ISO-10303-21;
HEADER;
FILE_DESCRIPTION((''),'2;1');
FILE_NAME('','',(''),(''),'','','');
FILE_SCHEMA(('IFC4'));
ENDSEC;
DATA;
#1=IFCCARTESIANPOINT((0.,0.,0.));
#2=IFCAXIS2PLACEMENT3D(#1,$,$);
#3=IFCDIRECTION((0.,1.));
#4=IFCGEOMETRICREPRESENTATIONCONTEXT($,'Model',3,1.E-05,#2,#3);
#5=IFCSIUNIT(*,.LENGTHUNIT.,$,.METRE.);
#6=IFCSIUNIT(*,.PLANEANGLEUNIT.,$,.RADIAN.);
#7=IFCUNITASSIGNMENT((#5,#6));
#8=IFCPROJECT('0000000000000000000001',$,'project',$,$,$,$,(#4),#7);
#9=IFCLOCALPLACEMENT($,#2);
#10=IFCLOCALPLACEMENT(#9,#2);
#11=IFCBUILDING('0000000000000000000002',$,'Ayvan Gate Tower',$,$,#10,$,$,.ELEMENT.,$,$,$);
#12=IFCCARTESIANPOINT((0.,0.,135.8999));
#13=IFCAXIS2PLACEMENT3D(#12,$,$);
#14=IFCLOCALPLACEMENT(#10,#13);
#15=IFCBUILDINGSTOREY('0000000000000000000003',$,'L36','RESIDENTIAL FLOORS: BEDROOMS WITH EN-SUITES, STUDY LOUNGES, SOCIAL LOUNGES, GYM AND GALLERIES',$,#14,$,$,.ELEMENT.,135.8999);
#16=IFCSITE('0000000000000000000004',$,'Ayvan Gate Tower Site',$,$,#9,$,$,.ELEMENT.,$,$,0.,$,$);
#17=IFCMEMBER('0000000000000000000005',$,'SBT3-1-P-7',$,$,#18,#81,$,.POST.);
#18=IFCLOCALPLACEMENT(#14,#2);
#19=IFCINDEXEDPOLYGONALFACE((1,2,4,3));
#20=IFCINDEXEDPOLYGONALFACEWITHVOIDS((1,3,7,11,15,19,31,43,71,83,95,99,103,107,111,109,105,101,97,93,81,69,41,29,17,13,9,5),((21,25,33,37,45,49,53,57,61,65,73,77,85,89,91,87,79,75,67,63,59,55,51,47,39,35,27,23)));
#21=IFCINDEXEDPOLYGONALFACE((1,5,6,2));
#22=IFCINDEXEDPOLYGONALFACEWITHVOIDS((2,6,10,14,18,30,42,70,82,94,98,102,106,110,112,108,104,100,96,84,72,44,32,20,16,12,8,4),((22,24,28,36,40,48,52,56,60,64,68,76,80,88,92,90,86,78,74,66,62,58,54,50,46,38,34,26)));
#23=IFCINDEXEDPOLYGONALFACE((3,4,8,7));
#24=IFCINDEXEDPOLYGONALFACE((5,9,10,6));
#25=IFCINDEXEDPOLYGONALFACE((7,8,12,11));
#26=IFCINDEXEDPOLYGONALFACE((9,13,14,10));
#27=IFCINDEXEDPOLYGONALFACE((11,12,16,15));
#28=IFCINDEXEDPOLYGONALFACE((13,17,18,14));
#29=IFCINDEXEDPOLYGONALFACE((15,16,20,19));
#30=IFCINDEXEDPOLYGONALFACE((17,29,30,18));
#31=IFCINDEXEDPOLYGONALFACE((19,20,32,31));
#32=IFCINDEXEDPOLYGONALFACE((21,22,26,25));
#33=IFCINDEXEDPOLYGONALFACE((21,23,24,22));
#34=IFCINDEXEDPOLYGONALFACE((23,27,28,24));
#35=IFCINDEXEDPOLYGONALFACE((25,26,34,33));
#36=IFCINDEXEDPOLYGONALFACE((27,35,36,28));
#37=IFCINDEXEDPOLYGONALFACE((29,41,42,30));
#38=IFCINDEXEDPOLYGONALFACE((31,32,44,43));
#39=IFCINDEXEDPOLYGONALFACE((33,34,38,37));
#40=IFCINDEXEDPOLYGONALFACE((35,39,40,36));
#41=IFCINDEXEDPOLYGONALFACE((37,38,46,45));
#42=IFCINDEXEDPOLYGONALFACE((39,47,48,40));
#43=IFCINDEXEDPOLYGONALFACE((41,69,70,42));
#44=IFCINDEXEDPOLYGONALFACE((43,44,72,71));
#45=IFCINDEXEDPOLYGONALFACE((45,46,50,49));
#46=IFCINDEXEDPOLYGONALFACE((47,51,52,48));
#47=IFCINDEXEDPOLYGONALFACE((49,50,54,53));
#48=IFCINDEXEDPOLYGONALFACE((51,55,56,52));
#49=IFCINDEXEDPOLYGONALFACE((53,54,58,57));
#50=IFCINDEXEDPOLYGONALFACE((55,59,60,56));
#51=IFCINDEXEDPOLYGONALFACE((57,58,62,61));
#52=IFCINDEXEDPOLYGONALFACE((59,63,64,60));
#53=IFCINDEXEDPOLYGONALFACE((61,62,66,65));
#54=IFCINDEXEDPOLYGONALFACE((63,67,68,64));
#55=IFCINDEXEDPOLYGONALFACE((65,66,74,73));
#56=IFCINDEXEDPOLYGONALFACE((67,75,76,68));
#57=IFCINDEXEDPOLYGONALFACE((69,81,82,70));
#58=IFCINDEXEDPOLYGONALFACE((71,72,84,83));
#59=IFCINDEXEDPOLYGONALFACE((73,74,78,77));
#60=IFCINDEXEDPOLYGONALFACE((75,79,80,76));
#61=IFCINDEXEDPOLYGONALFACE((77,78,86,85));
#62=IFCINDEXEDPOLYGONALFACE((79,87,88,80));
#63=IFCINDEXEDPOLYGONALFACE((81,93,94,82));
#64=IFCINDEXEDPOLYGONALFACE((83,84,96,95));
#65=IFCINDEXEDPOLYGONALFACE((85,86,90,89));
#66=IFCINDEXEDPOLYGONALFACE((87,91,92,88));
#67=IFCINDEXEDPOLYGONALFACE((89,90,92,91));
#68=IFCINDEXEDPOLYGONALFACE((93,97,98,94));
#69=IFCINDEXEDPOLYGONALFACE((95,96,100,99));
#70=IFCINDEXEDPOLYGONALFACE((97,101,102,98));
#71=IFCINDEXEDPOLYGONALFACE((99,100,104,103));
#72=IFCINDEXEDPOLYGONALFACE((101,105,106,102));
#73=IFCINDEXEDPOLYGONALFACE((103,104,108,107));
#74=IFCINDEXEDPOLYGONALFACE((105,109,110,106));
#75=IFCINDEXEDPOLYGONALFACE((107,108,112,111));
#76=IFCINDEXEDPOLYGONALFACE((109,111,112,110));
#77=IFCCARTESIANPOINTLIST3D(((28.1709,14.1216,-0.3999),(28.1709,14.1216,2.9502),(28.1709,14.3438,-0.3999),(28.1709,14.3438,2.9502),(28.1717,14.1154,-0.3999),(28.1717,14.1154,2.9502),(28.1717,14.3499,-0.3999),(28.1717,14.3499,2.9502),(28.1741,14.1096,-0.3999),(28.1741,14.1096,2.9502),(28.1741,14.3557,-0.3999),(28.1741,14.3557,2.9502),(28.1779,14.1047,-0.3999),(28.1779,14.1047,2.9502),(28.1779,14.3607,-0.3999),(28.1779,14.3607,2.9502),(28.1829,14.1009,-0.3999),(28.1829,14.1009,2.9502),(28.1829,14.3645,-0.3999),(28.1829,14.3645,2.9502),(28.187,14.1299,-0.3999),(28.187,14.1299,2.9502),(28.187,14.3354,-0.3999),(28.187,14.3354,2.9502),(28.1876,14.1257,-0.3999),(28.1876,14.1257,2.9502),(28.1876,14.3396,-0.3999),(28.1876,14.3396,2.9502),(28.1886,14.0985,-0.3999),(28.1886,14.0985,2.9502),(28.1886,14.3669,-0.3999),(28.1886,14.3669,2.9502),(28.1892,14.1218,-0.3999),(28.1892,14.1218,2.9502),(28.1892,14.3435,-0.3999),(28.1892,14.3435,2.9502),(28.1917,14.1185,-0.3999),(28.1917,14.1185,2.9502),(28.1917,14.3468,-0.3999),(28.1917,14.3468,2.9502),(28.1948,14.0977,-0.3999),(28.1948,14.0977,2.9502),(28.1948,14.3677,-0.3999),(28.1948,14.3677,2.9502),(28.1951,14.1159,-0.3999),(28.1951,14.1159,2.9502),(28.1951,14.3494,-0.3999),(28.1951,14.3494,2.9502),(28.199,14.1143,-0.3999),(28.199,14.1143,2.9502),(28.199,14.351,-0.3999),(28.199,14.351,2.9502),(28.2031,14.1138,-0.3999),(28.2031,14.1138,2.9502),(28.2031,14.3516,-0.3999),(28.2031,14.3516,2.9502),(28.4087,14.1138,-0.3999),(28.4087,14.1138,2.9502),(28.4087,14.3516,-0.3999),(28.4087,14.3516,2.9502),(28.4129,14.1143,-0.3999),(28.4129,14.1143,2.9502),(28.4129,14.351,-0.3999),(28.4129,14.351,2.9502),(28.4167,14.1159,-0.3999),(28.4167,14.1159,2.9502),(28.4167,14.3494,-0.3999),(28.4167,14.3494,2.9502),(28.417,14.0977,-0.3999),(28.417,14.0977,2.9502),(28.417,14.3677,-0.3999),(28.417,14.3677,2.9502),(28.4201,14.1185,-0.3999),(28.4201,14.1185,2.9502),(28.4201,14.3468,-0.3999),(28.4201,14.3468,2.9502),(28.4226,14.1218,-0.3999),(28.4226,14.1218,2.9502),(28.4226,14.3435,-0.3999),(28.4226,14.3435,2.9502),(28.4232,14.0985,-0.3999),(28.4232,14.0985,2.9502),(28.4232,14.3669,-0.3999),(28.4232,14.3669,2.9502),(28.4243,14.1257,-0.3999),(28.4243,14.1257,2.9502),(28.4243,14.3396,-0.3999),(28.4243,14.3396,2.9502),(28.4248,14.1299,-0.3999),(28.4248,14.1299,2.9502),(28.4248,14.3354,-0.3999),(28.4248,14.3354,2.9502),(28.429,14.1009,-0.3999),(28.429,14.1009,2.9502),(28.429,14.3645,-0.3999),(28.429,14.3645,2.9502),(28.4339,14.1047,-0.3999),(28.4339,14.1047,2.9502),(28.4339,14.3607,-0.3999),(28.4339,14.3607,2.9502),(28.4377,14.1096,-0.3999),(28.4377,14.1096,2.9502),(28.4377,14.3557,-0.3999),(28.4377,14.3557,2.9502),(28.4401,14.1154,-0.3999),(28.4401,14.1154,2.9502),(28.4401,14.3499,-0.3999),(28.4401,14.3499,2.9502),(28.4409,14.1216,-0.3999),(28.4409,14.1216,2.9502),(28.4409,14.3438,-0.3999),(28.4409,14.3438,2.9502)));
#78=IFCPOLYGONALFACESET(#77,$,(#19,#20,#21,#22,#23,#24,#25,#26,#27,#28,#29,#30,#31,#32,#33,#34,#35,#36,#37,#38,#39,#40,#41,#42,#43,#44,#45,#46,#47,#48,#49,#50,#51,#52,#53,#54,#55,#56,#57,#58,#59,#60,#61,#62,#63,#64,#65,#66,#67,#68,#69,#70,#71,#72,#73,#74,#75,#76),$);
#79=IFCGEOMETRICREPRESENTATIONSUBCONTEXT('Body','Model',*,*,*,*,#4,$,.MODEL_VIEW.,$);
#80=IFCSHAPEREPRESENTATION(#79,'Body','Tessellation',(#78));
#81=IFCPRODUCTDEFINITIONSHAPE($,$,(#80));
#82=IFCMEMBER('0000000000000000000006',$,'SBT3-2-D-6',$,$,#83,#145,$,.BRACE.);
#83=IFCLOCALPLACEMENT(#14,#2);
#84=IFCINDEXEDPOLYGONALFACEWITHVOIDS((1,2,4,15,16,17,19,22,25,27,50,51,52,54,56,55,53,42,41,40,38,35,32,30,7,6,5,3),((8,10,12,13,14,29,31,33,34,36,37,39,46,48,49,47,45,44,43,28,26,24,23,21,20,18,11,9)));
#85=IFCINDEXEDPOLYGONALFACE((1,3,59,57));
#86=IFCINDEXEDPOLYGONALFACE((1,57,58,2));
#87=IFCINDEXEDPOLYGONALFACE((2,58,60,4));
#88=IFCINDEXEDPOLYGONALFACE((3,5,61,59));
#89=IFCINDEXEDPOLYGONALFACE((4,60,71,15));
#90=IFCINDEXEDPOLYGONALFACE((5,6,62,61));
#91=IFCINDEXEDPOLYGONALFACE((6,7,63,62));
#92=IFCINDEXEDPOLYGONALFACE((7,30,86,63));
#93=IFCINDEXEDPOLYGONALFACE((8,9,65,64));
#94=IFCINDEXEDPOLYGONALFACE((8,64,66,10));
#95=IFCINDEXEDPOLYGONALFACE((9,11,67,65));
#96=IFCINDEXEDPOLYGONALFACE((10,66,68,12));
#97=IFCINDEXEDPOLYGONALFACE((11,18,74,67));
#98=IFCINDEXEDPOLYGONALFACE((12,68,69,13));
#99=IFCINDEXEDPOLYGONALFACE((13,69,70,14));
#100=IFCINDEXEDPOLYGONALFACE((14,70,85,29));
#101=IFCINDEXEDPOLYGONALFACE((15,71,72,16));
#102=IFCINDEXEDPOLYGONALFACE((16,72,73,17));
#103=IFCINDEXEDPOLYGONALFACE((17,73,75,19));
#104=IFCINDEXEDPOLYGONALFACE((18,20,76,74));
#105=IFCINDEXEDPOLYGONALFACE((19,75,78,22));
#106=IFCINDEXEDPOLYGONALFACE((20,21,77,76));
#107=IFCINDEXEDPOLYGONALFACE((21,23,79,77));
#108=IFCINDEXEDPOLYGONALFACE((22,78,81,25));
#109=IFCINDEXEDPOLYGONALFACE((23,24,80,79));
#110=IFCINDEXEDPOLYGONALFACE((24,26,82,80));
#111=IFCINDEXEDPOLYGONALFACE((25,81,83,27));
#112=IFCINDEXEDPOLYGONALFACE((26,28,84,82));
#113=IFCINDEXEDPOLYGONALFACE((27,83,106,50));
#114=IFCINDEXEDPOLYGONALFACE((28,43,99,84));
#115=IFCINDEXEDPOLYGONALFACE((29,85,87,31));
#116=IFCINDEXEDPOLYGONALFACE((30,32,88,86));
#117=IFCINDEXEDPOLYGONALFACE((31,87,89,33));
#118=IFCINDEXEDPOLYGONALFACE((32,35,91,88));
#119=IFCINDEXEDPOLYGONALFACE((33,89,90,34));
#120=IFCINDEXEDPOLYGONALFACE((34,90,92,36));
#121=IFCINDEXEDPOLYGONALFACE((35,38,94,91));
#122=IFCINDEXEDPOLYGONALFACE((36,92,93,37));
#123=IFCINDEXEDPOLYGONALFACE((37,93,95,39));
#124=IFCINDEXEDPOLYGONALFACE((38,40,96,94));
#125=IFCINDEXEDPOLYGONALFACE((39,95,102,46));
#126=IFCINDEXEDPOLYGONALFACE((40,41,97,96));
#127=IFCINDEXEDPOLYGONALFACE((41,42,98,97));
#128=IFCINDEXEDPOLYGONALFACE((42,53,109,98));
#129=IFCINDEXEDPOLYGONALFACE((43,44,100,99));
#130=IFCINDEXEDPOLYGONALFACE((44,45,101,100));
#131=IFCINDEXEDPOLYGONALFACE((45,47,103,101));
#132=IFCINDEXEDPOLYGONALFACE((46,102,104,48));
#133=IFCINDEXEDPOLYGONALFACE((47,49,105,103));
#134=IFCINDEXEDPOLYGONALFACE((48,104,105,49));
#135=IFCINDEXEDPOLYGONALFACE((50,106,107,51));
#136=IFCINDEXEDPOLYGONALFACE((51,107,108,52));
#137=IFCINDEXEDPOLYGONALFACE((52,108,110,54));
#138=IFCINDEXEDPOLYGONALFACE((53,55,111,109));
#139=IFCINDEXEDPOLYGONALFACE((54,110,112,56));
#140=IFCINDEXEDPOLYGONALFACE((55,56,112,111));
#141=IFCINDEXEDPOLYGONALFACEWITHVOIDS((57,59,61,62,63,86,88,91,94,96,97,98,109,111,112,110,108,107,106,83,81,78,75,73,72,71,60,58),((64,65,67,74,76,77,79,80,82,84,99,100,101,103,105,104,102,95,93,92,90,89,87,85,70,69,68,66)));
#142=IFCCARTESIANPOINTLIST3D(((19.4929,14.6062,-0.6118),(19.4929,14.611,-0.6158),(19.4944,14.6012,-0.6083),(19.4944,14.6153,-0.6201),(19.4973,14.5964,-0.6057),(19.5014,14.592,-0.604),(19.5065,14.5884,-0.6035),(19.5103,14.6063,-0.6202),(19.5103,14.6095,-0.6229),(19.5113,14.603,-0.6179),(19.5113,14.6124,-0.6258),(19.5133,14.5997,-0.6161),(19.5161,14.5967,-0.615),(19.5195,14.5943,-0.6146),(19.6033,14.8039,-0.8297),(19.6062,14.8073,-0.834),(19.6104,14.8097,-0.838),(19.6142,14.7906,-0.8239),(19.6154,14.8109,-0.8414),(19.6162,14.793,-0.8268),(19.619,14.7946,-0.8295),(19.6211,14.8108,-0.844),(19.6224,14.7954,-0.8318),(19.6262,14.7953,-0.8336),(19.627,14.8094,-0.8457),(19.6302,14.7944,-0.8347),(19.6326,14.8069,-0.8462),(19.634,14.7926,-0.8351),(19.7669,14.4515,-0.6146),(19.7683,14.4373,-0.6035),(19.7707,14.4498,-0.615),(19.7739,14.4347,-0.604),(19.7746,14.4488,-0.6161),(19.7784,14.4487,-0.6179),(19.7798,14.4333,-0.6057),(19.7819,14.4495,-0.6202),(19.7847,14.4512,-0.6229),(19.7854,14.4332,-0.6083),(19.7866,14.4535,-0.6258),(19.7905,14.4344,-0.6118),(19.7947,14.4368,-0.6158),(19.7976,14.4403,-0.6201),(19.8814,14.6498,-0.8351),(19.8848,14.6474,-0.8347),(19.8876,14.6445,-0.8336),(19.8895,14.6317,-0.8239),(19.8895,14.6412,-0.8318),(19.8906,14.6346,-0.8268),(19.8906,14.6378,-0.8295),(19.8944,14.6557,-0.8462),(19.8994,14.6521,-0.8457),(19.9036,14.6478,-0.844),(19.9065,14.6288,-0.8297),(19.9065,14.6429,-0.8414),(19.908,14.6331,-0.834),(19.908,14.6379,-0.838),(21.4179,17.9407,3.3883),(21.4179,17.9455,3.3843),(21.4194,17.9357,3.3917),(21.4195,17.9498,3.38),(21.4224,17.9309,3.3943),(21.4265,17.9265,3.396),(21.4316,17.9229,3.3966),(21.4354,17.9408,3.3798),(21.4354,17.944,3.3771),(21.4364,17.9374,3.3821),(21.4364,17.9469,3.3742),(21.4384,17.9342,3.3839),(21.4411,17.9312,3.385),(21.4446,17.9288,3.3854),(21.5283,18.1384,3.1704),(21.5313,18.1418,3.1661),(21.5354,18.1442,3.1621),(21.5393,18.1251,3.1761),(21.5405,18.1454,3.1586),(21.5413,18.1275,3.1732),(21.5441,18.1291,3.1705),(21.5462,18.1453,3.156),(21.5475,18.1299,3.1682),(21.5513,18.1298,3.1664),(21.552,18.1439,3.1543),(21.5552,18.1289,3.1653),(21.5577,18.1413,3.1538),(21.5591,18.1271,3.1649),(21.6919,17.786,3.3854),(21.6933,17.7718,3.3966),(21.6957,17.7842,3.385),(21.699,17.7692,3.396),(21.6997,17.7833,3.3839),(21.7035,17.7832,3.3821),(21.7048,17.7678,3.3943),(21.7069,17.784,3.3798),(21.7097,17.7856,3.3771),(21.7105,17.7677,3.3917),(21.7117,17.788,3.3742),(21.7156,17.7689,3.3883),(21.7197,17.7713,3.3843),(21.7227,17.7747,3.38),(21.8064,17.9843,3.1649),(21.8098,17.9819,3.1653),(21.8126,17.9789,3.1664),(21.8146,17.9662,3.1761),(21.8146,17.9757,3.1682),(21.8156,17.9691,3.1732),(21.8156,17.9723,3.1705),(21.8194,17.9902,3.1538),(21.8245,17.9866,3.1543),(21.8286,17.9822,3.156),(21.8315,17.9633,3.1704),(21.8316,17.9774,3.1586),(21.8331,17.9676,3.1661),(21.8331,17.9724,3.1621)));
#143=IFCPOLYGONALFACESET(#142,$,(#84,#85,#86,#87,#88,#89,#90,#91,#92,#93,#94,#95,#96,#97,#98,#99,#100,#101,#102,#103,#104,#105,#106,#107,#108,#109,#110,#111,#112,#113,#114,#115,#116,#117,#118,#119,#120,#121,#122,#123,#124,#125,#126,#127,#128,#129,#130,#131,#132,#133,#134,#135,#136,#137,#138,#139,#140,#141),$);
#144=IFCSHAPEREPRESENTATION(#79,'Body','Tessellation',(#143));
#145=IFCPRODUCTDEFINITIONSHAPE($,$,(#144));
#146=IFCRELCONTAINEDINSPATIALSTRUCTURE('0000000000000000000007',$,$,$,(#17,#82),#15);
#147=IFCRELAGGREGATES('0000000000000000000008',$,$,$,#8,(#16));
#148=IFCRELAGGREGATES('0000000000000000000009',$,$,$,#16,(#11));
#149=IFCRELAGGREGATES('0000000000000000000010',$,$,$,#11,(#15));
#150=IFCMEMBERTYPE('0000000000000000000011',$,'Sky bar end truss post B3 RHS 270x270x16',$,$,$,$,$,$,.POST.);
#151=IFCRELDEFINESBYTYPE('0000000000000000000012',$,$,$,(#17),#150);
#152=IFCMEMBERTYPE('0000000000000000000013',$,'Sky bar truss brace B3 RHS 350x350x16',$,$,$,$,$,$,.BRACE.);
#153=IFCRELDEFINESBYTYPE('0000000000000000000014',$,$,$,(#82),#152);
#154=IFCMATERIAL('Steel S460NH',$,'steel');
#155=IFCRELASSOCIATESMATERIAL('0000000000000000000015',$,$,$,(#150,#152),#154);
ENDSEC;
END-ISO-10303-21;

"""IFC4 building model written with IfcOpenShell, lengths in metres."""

from ifc_helpers import new_model, si_unit, direction, frame, origin, origin_2d, place, context, subcontext, project, spatial, hollow_rectangle, extrude, material, material_profile, profile_set, type_object, element, save


model = new_model("IFC4")

# Units and contexts
model_context = context("Model", 3, precision=1e-05, world=origin(), true_north=direction((0.0, 1.0)))
body_context = subcontext(model_context, "Body", "Model", "MODEL_VIEW")
ifc_project = project(units=[si_unit("LENGTHUNIT", "METRE"), si_unit("PLANEANGLEUNIT", "RADIAN")], contexts=[model_context])

# Site, building, storey
site_placement = place(None, origin())
site = spatial("IfcSite", under=ifc_project, at=site_placement, Name="Ayvan Gate Tower Site", CompositionType="ELEMENT", RefElevation=0.0)
building_placement = place(site_placement, origin())
building = spatial("IfcBuilding", under=site, at=building_placement, Name="Ayvan Gate Tower", CompositionType="ELEMENT")
storey_placement = place(building_placement, frame((0.0, 0.0, 135.8999)))
storey = spatial("IfcBuildingStorey", under=building, at=storey_placement, Name="L36", Description="RESIDENTIAL FLOORS: BEDROOMS WITH EN-SUITES, STUDY LOUNGES, SOCIAL LOUNGES, GYM AND GALLERIES", CompositionType="ELEMENT", Elevation=135.8999)

# Members
ifc_material_1 = material(Name="Steel S460NH", Category="steel")
ifc_material_profile_1 = material_profile(ifc_material_1, hollow_rectangle(XDim=0.27, YDim=0.27, WallThickness=0.0161, InnerFilletRadius=0.0161, OuterFilletRadius=0.0239, at=origin_2d()), Name="RHS 270x270x16")
ifc_profile_set_1 = profile_set([ifc_material_profile_1], Name="Steel S460NH")
member_type_1 = type_object("IfcMemberType", Name="Sky bar end truss post B3 RHS 270x270x16", PredefinedType="POST", material=ifc_profile_set_1)
for number, where, z_axis, x_axis, name in (
    (1, (28.3059, 14.2327, -0.3999), (0.0, 0.0, 1.0), (1.0, 0.0, 0.0), "SBT3-1-P-7"),
):
    element("IfcMember", number, at=place(storey_placement, frame(where, z_axis=z_axis, x_axis=x_axis)), inside=storey, type_object=member_type_1, Name=name, PredefinedType="POST", context=body_context, shape_type="SweptSolid", body=[
        extrude(hollow_rectangle(XDim=0.27, YDim=0.27, WallThickness=0.0161, InnerFilletRadius=0.0161, OuterFilletRadius=0.0239, at=origin_2d()), origin(), (0.0, 0.0, 1.0), 3.3501),
    ])
ifc_material_profile_2 = material_profile(ifc_material_1, hollow_rectangle(XDim=0.3501, YDim=0.3501, WallThickness=0.0161, InnerFilletRadius=0.0161, OuterFilletRadius=0.0239, at=origin_2d()), Name="RHS 350x350x16")
ifc_profile_set_2 = profile_set([ifc_material_profile_2], Name="Steel S460NH")
member_type_2 = type_object("IfcMemberType", Name="Sky bar truss brace B3 RHS 350x350x16", PredefinedType="BRACE", material=ifc_profile_set_2)
member_1_placement = place(storey_placement, frame((19.7004, 14.6221, -0.7249), z_axis=(0.346732, 0.600591, 0.720463), x_axis=(-0.866038, 0.499979, 0.0)))
element("IfcMember", 2, at=member_1_placement, inside=storey, type_object=member_type_2, Name="SBT3-2-D-6", PredefinedType="BRACE", context=body_context, shape_type="SweptSolid", body=[
    extrude(hollow_rectangle(XDim=0.3501, YDim=0.3501, WallThickness=0.0161, InnerFilletRadius=0.0161, OuterFilletRadius=0.0239, at=origin_2d()), origin(), (0.0, 0.0, 1.0), 5.552),
])

save(model, "model.ifc")
